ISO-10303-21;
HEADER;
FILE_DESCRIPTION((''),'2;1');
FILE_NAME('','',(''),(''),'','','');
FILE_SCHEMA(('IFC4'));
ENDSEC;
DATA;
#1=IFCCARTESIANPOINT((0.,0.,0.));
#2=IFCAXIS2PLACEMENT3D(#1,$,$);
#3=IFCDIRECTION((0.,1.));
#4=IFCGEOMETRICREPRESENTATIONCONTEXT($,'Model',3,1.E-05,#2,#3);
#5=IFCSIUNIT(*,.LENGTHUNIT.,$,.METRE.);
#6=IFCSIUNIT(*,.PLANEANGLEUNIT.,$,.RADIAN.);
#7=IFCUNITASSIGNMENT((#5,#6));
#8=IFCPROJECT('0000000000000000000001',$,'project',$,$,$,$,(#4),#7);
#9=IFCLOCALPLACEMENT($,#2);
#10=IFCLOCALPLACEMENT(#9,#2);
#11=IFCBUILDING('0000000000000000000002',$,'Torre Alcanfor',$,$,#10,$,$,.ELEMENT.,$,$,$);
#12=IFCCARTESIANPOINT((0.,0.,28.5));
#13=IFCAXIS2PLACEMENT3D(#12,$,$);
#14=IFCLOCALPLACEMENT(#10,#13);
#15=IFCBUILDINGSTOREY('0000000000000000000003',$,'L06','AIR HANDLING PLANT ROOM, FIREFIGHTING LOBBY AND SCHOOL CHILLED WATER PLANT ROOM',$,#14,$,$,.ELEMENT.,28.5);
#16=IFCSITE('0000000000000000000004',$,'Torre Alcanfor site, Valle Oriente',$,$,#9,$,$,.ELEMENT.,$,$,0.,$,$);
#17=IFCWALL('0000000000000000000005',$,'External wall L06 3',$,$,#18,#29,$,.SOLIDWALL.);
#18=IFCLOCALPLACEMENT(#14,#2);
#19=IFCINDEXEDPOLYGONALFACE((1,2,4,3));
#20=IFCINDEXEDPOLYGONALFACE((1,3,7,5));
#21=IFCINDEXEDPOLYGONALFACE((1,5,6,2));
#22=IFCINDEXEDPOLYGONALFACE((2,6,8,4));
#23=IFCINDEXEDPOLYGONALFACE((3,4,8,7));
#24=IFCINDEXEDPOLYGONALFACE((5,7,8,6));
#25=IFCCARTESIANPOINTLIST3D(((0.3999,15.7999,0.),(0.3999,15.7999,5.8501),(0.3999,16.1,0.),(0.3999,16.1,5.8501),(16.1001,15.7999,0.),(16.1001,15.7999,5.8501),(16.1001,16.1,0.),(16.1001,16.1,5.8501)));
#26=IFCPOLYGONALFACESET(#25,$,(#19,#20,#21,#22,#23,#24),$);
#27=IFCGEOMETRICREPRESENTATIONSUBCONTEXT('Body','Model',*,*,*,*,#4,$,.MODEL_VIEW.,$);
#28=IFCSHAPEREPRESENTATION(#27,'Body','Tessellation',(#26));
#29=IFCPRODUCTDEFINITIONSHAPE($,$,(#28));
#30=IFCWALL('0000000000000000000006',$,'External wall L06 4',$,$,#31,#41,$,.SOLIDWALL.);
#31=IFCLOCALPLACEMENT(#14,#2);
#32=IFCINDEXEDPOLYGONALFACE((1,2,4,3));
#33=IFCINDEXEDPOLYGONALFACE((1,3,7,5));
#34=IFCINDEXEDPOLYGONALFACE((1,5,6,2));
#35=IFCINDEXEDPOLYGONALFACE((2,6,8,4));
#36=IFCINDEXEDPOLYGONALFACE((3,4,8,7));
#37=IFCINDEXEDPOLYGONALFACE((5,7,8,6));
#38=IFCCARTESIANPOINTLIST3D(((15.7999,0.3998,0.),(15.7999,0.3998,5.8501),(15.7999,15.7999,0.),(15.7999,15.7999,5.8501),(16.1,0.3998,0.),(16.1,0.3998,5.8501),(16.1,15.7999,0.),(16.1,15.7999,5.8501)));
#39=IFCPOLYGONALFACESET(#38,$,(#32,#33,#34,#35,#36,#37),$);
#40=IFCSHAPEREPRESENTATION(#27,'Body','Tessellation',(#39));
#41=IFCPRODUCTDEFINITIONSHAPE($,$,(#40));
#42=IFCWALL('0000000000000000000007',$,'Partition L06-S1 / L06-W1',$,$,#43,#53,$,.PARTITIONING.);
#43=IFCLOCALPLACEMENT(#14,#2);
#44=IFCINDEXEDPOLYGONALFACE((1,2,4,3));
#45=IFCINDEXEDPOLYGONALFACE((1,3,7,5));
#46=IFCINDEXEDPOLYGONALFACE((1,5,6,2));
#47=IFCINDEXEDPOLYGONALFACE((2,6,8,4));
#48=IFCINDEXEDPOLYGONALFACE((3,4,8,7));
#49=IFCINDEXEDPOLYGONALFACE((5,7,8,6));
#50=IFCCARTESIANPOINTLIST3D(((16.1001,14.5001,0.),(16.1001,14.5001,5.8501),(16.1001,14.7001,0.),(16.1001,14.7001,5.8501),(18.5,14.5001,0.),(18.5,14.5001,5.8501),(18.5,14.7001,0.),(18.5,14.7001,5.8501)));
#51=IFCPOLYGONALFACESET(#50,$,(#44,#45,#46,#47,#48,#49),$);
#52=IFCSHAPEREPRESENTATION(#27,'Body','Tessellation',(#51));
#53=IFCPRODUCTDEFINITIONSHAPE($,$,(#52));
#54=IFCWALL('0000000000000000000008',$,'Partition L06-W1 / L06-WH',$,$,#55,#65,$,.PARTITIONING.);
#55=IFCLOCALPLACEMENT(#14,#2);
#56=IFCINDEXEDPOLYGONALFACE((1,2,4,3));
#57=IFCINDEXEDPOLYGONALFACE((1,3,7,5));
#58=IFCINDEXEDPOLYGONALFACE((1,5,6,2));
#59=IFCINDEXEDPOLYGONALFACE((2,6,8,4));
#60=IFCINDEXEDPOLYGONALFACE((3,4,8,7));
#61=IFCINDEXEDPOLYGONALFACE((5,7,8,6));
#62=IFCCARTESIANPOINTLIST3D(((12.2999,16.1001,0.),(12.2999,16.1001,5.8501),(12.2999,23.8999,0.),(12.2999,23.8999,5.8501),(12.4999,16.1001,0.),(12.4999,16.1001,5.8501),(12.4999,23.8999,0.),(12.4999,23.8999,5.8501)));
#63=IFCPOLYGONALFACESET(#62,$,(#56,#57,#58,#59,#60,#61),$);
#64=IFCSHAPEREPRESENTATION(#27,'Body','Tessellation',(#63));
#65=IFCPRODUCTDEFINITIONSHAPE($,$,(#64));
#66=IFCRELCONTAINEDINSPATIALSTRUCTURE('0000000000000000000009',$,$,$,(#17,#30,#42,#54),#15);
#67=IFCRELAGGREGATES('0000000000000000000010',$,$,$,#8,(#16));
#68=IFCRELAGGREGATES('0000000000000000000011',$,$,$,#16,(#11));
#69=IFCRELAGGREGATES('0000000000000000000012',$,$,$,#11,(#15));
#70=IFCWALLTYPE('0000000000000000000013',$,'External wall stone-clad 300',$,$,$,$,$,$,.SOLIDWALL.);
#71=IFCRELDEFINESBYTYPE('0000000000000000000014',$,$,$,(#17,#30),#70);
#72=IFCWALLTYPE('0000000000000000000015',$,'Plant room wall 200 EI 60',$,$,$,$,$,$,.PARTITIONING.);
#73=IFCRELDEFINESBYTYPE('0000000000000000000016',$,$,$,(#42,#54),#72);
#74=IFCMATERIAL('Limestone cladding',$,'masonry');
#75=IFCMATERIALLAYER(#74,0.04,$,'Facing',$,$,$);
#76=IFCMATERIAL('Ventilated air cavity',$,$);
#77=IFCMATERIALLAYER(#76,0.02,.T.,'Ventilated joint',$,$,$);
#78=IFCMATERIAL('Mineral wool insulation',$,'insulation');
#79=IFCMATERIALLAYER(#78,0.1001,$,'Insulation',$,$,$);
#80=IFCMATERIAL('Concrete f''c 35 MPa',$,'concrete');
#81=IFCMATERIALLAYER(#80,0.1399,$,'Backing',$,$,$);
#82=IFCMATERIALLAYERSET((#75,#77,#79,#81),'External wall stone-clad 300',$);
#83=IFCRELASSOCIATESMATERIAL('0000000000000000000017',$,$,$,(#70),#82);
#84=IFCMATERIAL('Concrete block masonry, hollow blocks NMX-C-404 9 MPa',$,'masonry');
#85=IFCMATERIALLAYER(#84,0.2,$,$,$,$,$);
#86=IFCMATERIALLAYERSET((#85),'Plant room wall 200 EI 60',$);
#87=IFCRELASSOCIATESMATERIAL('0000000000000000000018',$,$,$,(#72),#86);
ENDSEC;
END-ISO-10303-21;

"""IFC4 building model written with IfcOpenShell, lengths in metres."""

from ifc_helpers import new_model, si_unit, direction, frame, frame_2d, origin, place, context, subcontext, project, spatial, rectangle, extrude, material, layer, layer_set, type_object, element, save


model = new_model("IFC4")

# Units and contexts
model_context = context("Model", 3, precision=1e-05, world=origin(), true_north=direction((0.0, 1.0)))
body_context = subcontext(model_context, "Body", "Model", "MODEL_VIEW")
ifc_project = project(units=[si_unit("LENGTHUNIT", "METRE"), si_unit("PLANEANGLEUNIT", "RADIAN")], contexts=[model_context])

# Site, building, storey
site_placement = place(None, origin())
site = spatial("IfcSite", under=ifc_project, at=site_placement, Name="Torre Alcanfor site, Valle Oriente", CompositionType="ELEMENT", RefElevation=0.0)
building_placement = place(site_placement, origin())
building = spatial("IfcBuilding", under=site, at=building_placement, Name="Torre Alcanfor", CompositionType="ELEMENT")
storey_placement = place(building_placement, frame((0.0, 0.0, 28.5)))
storey = spatial("IfcBuildingStorey", under=building, at=storey_placement, Name="L06", Description="AIR HANDLING PLANT ROOM, FIREFIGHTING LOBBY AND SCHOOL CHILLED WATER PLANT ROOM", CompositionType="ELEMENT", Elevation=28.5)

# Walls
ifc_material_1 = material(Name="Limestone cladding", Category="masonry")
ifc_layer_1 = layer(ifc_material_1, 0.04, Name="Facing")
ifc_material_2 = material(Name="Ventilated air cavity")
ifc_layer_2 = layer(ifc_material_2, 0.02, ventilated=True, Name="Ventilated joint")
ifc_material_3 = material(Name="Mineral wool insulation", Category="insulation")
ifc_layer_3 = layer(ifc_material_3, 0.1001, Name="Insulation")
ifc_material_4 = material(Name="Concrete f'c 35 MPa", Category="concrete")
ifc_layer_4 = layer(ifc_material_4, 0.1399, Name="Backing")
ifc_layer_set_1 = layer_set([ifc_layer_1, ifc_layer_2, ifc_layer_3, ifc_layer_4], Name="External wall stone-clad 300")
wall_type_1 = type_object("IfcWallType", Name="External wall stone-clad 300", PredefinedType="SOLIDWALL", material=ifc_layer_set_1)
wall_1_placement = place(storey_placement, frame((0.3999, 15.95, 0.0), z_axis=(0.0, 0.0, 1.0), x_axis=(1.0, 0.0, 0.0)))
element("IfcWall", 1, at=wall_1_placement, inside=storey, type_object=wall_type_1, Name="External wall L06 3", PredefinedType="SOLIDWALL", context=body_context, shape_type="SweptSolid", body=[
    extrude(rectangle(XDim=15.7002, YDim=0.3, at=frame_2d((7.8501, 0.0))), origin(), (0.0, 0.0, 1.0), 5.8501),
])
wall_2_placement = place(storey_placement, frame((15.95, 15.8, 0.0), z_axis=(0.0, 0.0, 1.0), x_axis=(0.0, -1.0, 0.0)))
element("IfcWall", 2, at=wall_2_placement, inside=storey, type_object=wall_type_1, Name="External wall L06 4", PredefinedType="SOLIDWALL", context=body_context, shape_type="SweptSolid", body=[
    extrude(rectangle(XDim=15.4001, YDim=0.3, at=frame_2d((7.7002, 0.0))), origin(), (0.0, 0.0, 1.0), 5.8501),
])
ifc_material_5 = material(Name="Concrete block masonry, hollow blocks NMX-C-404 9 MPa", Category="masonry")
ifc_layer_5 = layer(ifc_material_5, 0.2)
ifc_layer_set_2 = layer_set([ifc_layer_5], Name="Plant room wall 200 EI 60")
wall_type_2 = type_object("IfcWallType", Name="Plant room wall 200 EI 60", PredefinedType="PARTITIONING", material=ifc_layer_set_2)
wall_3_placement = place(storey_placement, frame((16.1001, 14.6001, 0.0), z_axis=(0.0, 0.0, 1.0), x_axis=(1.0, 0.0, 0.0)))
element("IfcWall", 3, at=wall_3_placement, inside=storey, type_object=wall_type_2, Name="Partition L06-S1 / L06-W1", PredefinedType="PARTITIONING", context=body_context, shape_type="SweptSolid", body=[
    extrude(rectangle(XDim=2.3999, YDim=0.2, at=frame_2d((1.2, 0.0))), origin(), (0.0, 0.0, 1.0), 5.8501),
])
wall_4_placement = place(storey_placement, frame((12.3999, 16.1001, 0.0), z_axis=(0.0, 0.0, 1.0), x_axis=(0.0, 1.0, 0.0)))
element("IfcWall", 4, at=wall_4_placement, inside=storey, type_object=wall_type_2, Name="Partition L06-W1 / L06-WH", PredefinedType="PARTITIONING", context=body_context, shape_type="SweptSolid", body=[
    extrude(rectangle(XDim=7.7998, YDim=0.2, at=frame_2d((3.8999, 0.0))), origin(), (0.0, 0.0, 1.0), 5.8501),
])

save(model, "model.ifc")
